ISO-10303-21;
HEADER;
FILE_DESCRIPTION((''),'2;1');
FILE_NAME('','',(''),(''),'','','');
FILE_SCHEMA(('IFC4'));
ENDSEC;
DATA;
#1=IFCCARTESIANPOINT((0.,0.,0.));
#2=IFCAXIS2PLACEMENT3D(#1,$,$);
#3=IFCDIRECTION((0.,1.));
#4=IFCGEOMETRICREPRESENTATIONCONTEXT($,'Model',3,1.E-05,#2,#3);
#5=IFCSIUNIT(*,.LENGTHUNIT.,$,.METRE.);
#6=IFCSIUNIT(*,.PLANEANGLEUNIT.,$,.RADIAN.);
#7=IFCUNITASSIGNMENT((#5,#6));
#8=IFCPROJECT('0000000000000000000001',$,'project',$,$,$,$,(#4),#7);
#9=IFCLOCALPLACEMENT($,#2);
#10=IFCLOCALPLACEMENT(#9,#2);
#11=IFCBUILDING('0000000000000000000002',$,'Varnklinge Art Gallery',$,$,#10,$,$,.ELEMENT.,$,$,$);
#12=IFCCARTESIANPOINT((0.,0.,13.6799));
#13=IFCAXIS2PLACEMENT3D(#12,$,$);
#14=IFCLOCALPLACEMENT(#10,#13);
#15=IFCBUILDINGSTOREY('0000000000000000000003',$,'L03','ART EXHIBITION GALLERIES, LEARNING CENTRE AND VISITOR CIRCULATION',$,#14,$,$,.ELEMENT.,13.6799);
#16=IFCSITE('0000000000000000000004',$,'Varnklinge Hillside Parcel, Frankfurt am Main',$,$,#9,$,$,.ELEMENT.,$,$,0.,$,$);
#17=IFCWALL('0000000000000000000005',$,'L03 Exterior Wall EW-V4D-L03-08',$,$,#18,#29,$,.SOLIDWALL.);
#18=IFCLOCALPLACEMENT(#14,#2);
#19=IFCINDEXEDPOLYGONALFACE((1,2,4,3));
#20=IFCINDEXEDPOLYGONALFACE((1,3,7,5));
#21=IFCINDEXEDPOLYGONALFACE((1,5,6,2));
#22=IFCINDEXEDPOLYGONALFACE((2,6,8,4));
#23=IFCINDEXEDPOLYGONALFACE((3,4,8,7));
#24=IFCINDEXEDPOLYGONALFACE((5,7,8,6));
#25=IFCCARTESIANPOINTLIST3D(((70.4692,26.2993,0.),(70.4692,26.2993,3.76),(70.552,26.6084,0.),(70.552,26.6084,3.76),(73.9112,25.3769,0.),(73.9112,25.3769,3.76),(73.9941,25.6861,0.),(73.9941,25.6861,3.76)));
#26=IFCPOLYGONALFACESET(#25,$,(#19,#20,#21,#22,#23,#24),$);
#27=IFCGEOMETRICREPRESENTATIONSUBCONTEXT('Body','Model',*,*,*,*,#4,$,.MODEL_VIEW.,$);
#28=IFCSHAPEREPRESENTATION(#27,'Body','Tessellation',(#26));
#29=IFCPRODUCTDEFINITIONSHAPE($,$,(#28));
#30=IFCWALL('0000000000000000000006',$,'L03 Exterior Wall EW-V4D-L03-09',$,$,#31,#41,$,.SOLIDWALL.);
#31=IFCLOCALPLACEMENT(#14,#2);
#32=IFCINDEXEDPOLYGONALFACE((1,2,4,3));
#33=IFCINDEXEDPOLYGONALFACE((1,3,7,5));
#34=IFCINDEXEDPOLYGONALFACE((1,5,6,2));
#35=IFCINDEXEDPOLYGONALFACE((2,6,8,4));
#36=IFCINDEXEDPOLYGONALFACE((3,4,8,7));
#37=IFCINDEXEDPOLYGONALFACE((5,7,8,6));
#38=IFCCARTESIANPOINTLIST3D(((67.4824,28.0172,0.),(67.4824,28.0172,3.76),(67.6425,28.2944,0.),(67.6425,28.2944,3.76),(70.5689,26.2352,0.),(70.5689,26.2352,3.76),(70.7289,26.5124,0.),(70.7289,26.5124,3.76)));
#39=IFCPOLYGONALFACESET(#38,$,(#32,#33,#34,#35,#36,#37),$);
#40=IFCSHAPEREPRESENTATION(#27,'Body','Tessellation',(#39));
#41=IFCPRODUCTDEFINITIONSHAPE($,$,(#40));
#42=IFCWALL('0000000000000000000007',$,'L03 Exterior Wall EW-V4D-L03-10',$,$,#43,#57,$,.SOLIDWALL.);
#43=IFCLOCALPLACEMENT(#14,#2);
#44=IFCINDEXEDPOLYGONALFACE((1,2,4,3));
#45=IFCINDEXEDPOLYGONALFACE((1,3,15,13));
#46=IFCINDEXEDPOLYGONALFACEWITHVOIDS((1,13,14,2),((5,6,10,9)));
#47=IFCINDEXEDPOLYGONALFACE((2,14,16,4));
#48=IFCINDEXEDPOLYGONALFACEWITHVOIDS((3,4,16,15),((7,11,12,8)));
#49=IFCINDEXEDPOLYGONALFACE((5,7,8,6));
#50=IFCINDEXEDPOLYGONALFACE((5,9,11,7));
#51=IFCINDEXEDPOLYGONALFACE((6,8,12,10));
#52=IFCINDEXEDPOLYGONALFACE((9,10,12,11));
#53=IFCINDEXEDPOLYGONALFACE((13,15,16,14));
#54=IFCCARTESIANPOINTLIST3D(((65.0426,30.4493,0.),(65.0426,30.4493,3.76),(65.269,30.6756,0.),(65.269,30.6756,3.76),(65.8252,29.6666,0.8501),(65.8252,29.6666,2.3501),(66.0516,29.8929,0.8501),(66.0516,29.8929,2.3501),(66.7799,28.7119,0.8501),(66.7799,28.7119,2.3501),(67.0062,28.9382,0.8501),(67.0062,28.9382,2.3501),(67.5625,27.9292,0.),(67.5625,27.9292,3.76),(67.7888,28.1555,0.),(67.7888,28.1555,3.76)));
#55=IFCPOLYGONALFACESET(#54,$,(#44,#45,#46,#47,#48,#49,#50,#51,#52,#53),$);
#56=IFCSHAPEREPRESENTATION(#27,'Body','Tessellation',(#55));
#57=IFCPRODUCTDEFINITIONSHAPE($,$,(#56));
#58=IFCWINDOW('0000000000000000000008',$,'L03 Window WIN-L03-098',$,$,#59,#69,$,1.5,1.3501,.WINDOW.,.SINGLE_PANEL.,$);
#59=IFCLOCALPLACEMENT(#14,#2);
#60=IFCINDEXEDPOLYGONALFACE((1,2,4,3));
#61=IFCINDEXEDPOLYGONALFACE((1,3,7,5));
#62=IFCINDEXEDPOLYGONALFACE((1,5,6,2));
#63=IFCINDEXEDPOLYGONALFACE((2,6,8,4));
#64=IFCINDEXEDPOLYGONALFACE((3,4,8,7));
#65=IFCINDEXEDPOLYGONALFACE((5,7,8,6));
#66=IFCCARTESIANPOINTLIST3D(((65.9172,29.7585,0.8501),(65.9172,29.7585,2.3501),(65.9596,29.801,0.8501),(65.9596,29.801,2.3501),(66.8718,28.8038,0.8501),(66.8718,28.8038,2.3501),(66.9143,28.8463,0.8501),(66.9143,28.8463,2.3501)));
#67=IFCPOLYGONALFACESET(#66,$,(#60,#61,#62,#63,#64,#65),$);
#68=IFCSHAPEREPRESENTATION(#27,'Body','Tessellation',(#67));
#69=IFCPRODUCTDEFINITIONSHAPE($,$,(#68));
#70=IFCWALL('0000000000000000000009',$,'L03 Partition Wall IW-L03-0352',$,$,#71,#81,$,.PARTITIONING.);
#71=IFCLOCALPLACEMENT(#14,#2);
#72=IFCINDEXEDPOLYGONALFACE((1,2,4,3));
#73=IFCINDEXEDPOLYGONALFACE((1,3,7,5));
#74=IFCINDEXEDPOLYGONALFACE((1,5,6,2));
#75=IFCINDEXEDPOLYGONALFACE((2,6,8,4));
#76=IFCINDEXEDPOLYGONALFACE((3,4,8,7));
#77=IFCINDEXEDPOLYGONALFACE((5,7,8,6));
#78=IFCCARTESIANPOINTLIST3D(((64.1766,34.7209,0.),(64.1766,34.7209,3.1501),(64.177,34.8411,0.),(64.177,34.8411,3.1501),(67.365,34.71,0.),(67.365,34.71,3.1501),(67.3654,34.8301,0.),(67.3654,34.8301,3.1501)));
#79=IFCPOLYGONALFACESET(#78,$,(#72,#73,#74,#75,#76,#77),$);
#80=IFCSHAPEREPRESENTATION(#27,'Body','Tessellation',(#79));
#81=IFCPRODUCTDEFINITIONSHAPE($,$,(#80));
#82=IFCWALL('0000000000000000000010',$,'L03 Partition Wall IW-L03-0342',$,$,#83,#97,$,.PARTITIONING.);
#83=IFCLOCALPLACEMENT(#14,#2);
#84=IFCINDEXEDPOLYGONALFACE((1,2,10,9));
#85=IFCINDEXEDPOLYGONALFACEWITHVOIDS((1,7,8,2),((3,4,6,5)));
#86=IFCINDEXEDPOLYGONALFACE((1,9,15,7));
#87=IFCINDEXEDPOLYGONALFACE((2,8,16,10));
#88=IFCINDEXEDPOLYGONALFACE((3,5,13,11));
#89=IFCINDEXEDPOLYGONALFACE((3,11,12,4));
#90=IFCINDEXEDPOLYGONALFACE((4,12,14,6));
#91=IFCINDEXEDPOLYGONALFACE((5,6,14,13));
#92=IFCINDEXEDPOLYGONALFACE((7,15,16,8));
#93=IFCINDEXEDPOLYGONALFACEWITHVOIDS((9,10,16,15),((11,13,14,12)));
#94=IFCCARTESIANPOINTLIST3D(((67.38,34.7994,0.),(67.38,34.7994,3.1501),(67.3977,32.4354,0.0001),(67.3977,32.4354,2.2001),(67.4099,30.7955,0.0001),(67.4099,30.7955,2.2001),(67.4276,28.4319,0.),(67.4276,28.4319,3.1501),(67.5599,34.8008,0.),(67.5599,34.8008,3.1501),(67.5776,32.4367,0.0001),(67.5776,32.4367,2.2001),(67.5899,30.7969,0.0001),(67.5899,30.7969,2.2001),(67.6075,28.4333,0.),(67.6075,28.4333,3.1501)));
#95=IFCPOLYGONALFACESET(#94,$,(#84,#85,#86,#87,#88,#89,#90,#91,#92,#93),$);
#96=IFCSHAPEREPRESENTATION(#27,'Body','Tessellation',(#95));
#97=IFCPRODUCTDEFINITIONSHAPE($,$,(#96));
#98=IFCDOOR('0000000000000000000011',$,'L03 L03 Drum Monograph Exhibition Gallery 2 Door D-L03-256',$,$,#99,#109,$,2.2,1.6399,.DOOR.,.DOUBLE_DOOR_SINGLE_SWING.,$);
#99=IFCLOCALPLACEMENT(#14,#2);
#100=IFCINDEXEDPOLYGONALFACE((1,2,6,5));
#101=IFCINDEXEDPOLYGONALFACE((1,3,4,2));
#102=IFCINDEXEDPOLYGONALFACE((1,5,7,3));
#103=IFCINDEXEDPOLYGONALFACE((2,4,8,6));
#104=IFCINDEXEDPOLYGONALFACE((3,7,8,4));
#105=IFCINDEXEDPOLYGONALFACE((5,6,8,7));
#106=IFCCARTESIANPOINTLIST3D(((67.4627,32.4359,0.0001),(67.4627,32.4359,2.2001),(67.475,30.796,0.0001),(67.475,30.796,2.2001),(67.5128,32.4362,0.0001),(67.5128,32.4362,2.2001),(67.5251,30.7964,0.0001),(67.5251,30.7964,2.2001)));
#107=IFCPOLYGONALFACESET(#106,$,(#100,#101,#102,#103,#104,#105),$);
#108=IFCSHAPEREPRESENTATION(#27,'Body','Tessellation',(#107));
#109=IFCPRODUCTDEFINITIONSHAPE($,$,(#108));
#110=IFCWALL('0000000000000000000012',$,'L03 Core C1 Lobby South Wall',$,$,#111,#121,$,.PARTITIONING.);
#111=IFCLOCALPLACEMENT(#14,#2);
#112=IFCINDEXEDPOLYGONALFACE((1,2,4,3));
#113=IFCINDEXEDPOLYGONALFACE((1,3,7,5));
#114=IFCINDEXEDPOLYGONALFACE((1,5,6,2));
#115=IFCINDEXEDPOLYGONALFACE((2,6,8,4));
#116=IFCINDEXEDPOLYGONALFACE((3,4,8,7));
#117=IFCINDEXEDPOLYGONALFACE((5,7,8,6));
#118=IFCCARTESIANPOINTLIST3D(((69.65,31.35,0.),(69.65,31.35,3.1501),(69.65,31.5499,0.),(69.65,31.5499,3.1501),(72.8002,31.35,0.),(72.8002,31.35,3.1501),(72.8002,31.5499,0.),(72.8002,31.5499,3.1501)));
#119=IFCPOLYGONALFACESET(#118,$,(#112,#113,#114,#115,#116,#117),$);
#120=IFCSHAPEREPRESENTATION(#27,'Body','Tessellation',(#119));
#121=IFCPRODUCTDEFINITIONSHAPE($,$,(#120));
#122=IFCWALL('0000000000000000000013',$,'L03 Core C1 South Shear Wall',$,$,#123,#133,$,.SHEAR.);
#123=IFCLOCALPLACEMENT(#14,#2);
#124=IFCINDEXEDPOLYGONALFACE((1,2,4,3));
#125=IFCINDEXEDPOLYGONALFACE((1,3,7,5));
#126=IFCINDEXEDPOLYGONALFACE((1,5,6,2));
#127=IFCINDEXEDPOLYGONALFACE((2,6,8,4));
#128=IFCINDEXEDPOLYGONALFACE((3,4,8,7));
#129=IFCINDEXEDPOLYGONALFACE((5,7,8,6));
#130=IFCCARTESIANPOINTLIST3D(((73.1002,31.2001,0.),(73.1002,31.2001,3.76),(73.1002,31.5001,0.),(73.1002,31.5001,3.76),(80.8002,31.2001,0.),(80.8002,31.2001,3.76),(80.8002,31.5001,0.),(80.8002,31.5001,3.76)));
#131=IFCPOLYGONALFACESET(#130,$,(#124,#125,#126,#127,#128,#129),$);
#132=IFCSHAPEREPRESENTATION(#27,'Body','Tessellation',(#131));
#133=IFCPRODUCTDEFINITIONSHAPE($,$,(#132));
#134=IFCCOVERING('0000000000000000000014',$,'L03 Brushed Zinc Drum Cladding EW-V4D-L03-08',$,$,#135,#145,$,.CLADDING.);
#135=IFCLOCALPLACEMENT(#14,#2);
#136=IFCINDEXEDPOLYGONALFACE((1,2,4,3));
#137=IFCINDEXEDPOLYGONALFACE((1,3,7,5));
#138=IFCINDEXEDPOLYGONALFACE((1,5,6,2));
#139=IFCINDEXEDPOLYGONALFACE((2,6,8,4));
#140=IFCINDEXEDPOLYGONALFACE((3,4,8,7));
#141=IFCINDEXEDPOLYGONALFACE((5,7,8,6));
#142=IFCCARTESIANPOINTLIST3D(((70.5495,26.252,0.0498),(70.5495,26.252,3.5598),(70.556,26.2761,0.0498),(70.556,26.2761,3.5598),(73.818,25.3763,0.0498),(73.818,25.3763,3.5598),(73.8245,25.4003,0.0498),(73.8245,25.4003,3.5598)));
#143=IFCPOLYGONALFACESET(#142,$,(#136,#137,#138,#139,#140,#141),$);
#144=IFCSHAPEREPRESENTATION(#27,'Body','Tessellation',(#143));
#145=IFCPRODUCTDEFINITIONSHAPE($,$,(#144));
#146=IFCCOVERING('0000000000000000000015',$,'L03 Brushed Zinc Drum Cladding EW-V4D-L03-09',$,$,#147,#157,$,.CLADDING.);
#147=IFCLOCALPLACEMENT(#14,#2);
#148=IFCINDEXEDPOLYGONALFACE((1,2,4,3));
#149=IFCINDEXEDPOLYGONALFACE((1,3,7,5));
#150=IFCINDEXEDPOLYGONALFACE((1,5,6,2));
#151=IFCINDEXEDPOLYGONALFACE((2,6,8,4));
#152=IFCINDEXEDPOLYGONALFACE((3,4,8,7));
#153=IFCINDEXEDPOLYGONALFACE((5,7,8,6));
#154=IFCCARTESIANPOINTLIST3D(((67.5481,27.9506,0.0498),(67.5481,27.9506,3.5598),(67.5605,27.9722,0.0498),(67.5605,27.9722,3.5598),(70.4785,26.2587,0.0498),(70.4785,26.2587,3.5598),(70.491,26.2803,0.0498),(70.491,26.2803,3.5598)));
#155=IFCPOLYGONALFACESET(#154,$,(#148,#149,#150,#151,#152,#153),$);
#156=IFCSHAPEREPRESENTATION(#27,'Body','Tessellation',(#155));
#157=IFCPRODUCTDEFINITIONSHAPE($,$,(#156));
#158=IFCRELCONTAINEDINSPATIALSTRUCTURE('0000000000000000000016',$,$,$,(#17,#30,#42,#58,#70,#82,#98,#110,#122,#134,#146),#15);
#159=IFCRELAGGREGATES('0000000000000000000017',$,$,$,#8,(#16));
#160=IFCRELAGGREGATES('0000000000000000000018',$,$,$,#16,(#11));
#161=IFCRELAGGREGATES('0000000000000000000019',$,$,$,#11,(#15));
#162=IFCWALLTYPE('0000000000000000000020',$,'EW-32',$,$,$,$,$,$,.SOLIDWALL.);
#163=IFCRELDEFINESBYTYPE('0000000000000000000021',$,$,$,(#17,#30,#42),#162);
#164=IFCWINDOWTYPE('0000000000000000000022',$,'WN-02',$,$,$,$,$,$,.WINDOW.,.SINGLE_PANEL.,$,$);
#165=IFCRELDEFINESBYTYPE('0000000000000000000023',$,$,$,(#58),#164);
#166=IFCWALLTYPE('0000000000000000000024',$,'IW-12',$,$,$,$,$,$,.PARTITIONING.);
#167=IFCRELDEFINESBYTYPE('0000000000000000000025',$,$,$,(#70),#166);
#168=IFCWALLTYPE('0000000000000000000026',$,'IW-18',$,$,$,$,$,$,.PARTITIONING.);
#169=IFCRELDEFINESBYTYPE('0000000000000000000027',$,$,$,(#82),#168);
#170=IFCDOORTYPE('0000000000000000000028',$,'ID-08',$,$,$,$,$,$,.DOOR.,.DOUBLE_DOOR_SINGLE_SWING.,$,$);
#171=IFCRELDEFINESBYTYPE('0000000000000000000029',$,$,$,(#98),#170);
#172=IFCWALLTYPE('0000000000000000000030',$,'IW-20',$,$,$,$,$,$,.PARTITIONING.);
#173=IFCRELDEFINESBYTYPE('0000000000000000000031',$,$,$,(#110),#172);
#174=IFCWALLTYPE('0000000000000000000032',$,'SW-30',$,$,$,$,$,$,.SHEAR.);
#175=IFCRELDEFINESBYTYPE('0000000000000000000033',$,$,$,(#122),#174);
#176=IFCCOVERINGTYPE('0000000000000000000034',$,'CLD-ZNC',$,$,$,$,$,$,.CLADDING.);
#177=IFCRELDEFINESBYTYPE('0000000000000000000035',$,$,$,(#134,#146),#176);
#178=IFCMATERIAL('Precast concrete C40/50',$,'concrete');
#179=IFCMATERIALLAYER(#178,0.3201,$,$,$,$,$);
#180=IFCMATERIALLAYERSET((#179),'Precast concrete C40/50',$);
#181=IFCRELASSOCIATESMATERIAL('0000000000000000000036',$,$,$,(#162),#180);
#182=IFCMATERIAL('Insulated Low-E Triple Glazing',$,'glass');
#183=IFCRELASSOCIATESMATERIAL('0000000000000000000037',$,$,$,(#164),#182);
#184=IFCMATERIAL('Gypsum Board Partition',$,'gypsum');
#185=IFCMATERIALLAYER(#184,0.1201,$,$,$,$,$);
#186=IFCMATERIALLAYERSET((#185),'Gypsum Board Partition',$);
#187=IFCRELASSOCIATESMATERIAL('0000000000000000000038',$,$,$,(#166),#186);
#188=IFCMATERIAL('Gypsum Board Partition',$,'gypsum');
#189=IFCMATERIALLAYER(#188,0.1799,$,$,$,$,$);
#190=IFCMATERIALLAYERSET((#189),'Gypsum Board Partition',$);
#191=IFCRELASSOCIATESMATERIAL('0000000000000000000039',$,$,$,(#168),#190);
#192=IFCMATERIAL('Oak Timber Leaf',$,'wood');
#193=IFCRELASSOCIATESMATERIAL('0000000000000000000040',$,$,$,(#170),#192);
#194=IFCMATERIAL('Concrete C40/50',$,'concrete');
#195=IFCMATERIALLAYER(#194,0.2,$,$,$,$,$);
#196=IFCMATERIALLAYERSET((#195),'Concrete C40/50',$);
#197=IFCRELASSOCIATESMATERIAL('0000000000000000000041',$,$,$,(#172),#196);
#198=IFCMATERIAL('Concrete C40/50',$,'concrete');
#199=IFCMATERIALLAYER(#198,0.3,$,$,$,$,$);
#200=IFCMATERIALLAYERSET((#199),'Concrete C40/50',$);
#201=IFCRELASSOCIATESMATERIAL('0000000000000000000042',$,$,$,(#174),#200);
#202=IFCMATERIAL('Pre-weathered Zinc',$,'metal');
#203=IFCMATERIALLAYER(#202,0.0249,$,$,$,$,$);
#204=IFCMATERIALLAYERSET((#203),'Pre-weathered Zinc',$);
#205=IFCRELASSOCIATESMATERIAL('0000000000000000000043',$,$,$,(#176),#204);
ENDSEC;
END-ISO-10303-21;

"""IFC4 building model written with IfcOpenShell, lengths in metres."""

from ifc_helpers import new_model, si_unit, direction, frame, frame_2d, origin, origin_2d, place, context, subcontext, project, spatial, rectangle, extrude, material, layer, layer_set, type_object, element, fill, save


model = new_model("IFC4")

# Units and contexts
model_context = context("Model", 3, precision=1e-05, world=origin(), true_north=direction((0.0, 1.0)))
body_context = subcontext(model_context, "Body", "Model", "MODEL_VIEW")
ifc_project = project(units=[si_unit("LENGTHUNIT", "METRE"), si_unit("PLANEANGLEUNIT", "RADIAN")], contexts=[model_context])

# Site, building, storey
site_placement = place(None, origin())
site = spatial("IfcSite", under=ifc_project, at=site_placement, Name="Varnklinge Hillside Parcel, Frankfurt am Main", CompositionType="ELEMENT", RefElevation=0.0)
building_placement = place(site_placement, origin())
building = spatial("IfcBuilding", under=site, at=building_placement, Name="Varnklinge Art Gallery", CompositionType="ELEMENT")
storey_placement = place(building_placement, frame((0.0, 0.0, 13.6799)))
storey = spatial("IfcBuildingStorey", under=building, at=storey_placement, Name="L03", Description="ART EXHIBITION GALLERIES, LEARNING CENTRE AND VISITOR CIRCULATION", CompositionType="ELEMENT", Elevation=13.6799)

# Walls
ifc_material_1 = material(Name="Precast concrete C40/50", Category="concrete")
ifc_layer_1 = layer(ifc_material_1, 0.3201)
ifc_layer_set_1 = layer_set([ifc_layer_1], Name="Precast concrete C40/50")
wall_type_1 = type_object("IfcWallType", Name="EW-32", PredefinedType="SOLIDWALL", material=ifc_layer_set_1)
wall_1_placement = place(storey_placement, frame((73.9526, 25.5315, 0.0), z_axis=(0.0, 0.0, 1.0), x_axis=(-0.965923, 0.258831, 0.0)))
element("IfcWall", 1, at=wall_1_placement, inside=storey, type_object=wall_type_1, Name="L03 Exterior Wall EW-V4D-L03-08", PredefinedType="SOLIDWALL", context=body_context, shape_type="SweptSolid", body=[
    extrude(rectangle(XDim=3.5635, YDim=0.3201, at=frame_2d((1.7817, 0.0))), origin(), (0.0, 0.0, 1.0), 3.76),
])
wall_2_placement = place(storey_placement, frame((70.6489, 26.3738, 0.0), z_axis=(0.0, 0.0, 1.0), x_axis=(-0.866021, 0.500007, 0.0)))
element("IfcWall", 2, at=wall_2_placement, inside=storey, type_object=wall_type_1, Name="L03 Exterior Wall EW-V4D-L03-09", PredefinedType="SOLIDWALL", context=body_context, shape_type="SweptSolid", body=[
    extrude(rectangle(XDim=3.564, YDim=0.3201, at=frame_2d((1.782, 0.0))), origin(), (0.0, 0.0, 1.0), 3.76),
])

# Wall, opening, window
wall_3_placement = place(storey_placement, frame((67.6755, 28.0425, 0.0), z_axis=(0.0, 0.0, 1.0), x_axis=(-0.707073, 0.707141, 0.0)))
wall_3 = element("IfcWall", 3, at=wall_3_placement, inside=storey, type_object=wall_type_1, Name="L03 Exterior Wall EW-V4D-L03-10", PredefinedType="SOLIDWALL", context=body_context, shape_type="SweptSolid", body=[
    extrude(rectangle(XDim=3.5637, YDim=0.3201, at=frame_2d((1.7817, 0.0))), origin(), (0.0, 0.0, 1.0), 3.76),
])
opening_1_placement = place(wall_3_placement, frame((1.1067, 0.0, 0.8501)))
opening_1 = element("IfcOpeningElement", 4, at=opening_1_placement, cuts=wall_3, PredefinedType="OPENING", context=body_context, shape_type="SweptSolid", body=[
    extrude(rectangle(XDim=1.3501, YDim=1.5, at=frame_2d((0.675, 0.75))), frame((0.0, 0.1702, 0.0), z_axis=(0.0, -1.0, 0.0), x_axis=(1.0, 0.0, 0.0)), (0.0, 0.0, 1.0), 0.3401),
])
ifc_material_2 = material(Name="Insulated Low-E Triple Glazing", Category="glass")
window_type = type_object("IfcWindowType", Name="WN-02", PartitioningType="SINGLE_PANEL", PredefinedType="WINDOW", material=ifc_material_2)
window_placement = place(opening_1_placement, origin())
window = element("IfcWindow", 5, at=window_placement, inside=storey, type_object=window_type, Name="L03 Window WIN-L03-098", OverallHeight=1.5, OverallWidth=1.3501, PartitioningType="SINGLE_PANEL", PredefinedType="WINDOW", context=body_context, shape_type="SweptSolid", body=[
    extrude(rectangle(XDim=1.3501, YDim=1.5, at=frame_2d((0.675, 0.75))), frame((0.0, 0.03, 0.0), z_axis=(0.0, -1.0, 0.0), x_axis=(1.0, 0.0, 0.0)), (0.0, 0.0, 1.0), 0.0601),
])
fill(opening_1, window)

# Wall
ifc_material_3 = material(Name="Gypsum Board Partition", Category="gypsum")
ifc_layer_2 = layer(ifc_material_3, 0.1201)
ifc_layer_set_2 = layer_set([ifc_layer_2], Name="Gypsum Board Partition")
wall_type_2 = type_object("IfcWallType", Name="IW-12", PredefinedType="PARTITIONING", material=ifc_layer_set_2)
wall_4_placement = place(storey_placement, frame((67.3652, 34.77, 0.0), z_axis=(0.0, 0.0, 1.0), x_axis=(-0.999994, 0.003446, 0.0)))
element("IfcWall", 6, at=wall_4_placement, inside=storey, type_object=wall_type_2, Name="L03 Partition Wall IW-L03-0352", PredefinedType="PARTITIONING", context=body_context, shape_type="SweptSolid", body=[
    extrude(rectangle(XDim=3.1885, YDim=0.1201, at=frame_2d((1.5942, 0.0))), origin(), (0.0, 0.0, 1.0), 3.1501),
])

# Wall, opening, door
ifc_material_4 = material(Name="Gypsum Board Partition", Category="gypsum")
ifc_layer_3 = layer(ifc_material_4, 0.1799)
ifc_layer_set_3 = layer_set([ifc_layer_3], Name="Gypsum Board Partition")
wall_type_3 = type_object("IfcWallType", Name="IW-18", PredefinedType="PARTITIONING", material=ifc_layer_set_3)
wall_5_placement = place(storey_placement, frame((67.5176, 28.4326, 0.0), z_axis=(0.0, 0.0, 1.0), x_axis=(-0.007476, 0.999972, 0.0)))
wall_5 = element("IfcWall", 7, at=wall_5_placement, inside=storey, type_object=wall_type_3, Name="L03 Partition Wall IW-L03-0342", PredefinedType="PARTITIONING", context=body_context, shape_type="SweptSolid", body=[
    extrude(rectangle(XDim=6.3677, YDim=0.1799, at=frame_2d((3.1838, 0.0))), origin(), (0.0, 0.0, 1.0), 3.1501),
])
opening_2_placement = place(wall_5_placement, frame((2.3638, 0.0, 0.0)))
opening_2 = element("IfcOpeningElement", 8, at=opening_2_placement, cuts=wall_5, PredefinedType="OPENING", context=body_context, shape_type="SweptSolid", body=[
    extrude(rectangle(XDim=1.6399, YDim=2.2, at=frame_2d((0.8198, 1.1001))), frame((0.0, 0.0999, 0.0), z_axis=(0.0, -1.0, 0.0), x_axis=(1.0, 0.0, 0.0)), (0.0, 0.0, 1.0), 0.2),
])
ifc_material_5 = material(Name="Oak Timber Leaf", Category="wood")
door_type_1 = type_object("IfcDoorType", Name="ID-08", OperationType="DOUBLE_DOOR_SINGLE_SWING", PredefinedType="DOOR", material=ifc_material_5)
door_1_placement = place(opening_2_placement, origin())
door_1 = element("IfcDoor", 9, at=door_1_placement, inside=storey, type_object=door_type_1, Name="L03 L03 Drum Monograph Exhibition Gallery 2 Door D-L03-256", OperationType="DOUBLE_DOOR_SINGLE_SWING", OverallHeight=2.2, OverallWidth=1.6399, PredefinedType="DOOR", context=body_context, shape_type="SweptSolid", body=[
    extrude(rectangle(XDim=1.6399, YDim=2.2, at=frame_2d((0.8198, 1.1001))), frame((0.0, 0.0249, 0.0), z_axis=(0.0, -1.0, 0.0), x_axis=(1.0, 0.0, 0.0)), (0.0, 0.0, 1.0), 0.05),
])
fill(opening_2, door_1)

# Wall
ifc_material_6 = material(Name="Concrete C40/50", Category="concrete")
ifc_layer_4 = layer(ifc_material_6, 0.2)
ifc_layer_set_4 = layer_set([ifc_layer_4], Name="Concrete C40/50")
wall_type_4 = type_object("IfcWallType", Name="IW-20", PredefinedType="PARTITIONING", material=ifc_layer_set_4)
wall_6_placement = place(storey_placement, frame((69.6499, 31.45, 0.0), z_axis=(0.0, 0.0, 1.0), x_axis=(1.0, 0.0, 0.0)))
element("IfcWall", 10, at=wall_6_placement, inside=storey, type_object=wall_type_4, Name="L03 Core C1 Lobby South Wall", PredefinedType="PARTITIONING", context=body_context, shape_type="SweptSolid", body=[
    extrude(rectangle(XDim=3.1501, YDim=0.2, at=frame_2d((1.5752, 0.0))), origin(), (0.0, 0.0, 1.0), 3.1501),
])

# Wall
ifc_material_7 = material(Name="Concrete C40/50", Category="concrete")
ifc_layer_5 = layer(ifc_material_7, 0.3)
ifc_layer_set_5 = layer_set([ifc_layer_5], Name="Concrete C40/50")
wall_type_5 = type_object("IfcWallType", Name="SW-30", PredefinedType="SHEAR", material=ifc_layer_set_5)
wall_7_placement = place(storey_placement, frame((73.1001, 31.3501, 0.0), z_axis=(0.0, 0.0, 1.0), x_axis=(1.0, 0.0, 0.0)))
element("IfcWall", 11, at=wall_7_placement, inside=storey, type_object=wall_type_5, Name="L03 Core C1 South Shear Wall", PredefinedType="SHEAR", context=body_context, shape_type="SweptSolid", body=[
    extrude(rectangle(XDim=7.7, YDim=0.3, at=frame_2d((3.8501, 0.0))), origin(), (0.0, 0.0, 1.0), 3.76),
])

# Coverings
ifc_material_8 = material(Name="Pre-weathered Zinc", Category="metal")
ifc_layer_6 = layer(ifc_material_8, 0.0249)
ifc_layer_set_6 = layer_set([ifc_layer_6], Name="Pre-weathered Zinc")
covering_type = type_object("IfcCoveringType", Name="CLD-ZNC", PredefinedType="CLADDING", material=ifc_layer_set_6)
for number, where, z_axis, x_axis, name in (
    (12, (72.187, 25.8262, 0.0498), (0.0, 0.0, 1.0), (-0.965926, 0.258819, 0.0), "L03 Brushed Zinc Drum Cladding EW-V4D-L03-08"),
    (13, (69.0195, 27.1155, 0.0498), (0.0, 0.0, 1.0), (-0.866025, 0.5, 0.0), "L03 Brushed Zinc Drum Cladding EW-V4D-L03-09"),
):
    element("IfcCovering", number, at=place(storey_placement, frame(where, z_axis=z_axis, x_axis=x_axis)), inside=storey, type_object=covering_type, Name=name, PredefinedType="CLADDING", context=body_context, shape_type="SweptSolid", body=[
        extrude(rectangle(XDim=3.3838, YDim=0.0249, at=origin_2d()), origin(), (0.0, 0.0, 1.0), 3.51),
    ])

save(model, "model.ifc")
